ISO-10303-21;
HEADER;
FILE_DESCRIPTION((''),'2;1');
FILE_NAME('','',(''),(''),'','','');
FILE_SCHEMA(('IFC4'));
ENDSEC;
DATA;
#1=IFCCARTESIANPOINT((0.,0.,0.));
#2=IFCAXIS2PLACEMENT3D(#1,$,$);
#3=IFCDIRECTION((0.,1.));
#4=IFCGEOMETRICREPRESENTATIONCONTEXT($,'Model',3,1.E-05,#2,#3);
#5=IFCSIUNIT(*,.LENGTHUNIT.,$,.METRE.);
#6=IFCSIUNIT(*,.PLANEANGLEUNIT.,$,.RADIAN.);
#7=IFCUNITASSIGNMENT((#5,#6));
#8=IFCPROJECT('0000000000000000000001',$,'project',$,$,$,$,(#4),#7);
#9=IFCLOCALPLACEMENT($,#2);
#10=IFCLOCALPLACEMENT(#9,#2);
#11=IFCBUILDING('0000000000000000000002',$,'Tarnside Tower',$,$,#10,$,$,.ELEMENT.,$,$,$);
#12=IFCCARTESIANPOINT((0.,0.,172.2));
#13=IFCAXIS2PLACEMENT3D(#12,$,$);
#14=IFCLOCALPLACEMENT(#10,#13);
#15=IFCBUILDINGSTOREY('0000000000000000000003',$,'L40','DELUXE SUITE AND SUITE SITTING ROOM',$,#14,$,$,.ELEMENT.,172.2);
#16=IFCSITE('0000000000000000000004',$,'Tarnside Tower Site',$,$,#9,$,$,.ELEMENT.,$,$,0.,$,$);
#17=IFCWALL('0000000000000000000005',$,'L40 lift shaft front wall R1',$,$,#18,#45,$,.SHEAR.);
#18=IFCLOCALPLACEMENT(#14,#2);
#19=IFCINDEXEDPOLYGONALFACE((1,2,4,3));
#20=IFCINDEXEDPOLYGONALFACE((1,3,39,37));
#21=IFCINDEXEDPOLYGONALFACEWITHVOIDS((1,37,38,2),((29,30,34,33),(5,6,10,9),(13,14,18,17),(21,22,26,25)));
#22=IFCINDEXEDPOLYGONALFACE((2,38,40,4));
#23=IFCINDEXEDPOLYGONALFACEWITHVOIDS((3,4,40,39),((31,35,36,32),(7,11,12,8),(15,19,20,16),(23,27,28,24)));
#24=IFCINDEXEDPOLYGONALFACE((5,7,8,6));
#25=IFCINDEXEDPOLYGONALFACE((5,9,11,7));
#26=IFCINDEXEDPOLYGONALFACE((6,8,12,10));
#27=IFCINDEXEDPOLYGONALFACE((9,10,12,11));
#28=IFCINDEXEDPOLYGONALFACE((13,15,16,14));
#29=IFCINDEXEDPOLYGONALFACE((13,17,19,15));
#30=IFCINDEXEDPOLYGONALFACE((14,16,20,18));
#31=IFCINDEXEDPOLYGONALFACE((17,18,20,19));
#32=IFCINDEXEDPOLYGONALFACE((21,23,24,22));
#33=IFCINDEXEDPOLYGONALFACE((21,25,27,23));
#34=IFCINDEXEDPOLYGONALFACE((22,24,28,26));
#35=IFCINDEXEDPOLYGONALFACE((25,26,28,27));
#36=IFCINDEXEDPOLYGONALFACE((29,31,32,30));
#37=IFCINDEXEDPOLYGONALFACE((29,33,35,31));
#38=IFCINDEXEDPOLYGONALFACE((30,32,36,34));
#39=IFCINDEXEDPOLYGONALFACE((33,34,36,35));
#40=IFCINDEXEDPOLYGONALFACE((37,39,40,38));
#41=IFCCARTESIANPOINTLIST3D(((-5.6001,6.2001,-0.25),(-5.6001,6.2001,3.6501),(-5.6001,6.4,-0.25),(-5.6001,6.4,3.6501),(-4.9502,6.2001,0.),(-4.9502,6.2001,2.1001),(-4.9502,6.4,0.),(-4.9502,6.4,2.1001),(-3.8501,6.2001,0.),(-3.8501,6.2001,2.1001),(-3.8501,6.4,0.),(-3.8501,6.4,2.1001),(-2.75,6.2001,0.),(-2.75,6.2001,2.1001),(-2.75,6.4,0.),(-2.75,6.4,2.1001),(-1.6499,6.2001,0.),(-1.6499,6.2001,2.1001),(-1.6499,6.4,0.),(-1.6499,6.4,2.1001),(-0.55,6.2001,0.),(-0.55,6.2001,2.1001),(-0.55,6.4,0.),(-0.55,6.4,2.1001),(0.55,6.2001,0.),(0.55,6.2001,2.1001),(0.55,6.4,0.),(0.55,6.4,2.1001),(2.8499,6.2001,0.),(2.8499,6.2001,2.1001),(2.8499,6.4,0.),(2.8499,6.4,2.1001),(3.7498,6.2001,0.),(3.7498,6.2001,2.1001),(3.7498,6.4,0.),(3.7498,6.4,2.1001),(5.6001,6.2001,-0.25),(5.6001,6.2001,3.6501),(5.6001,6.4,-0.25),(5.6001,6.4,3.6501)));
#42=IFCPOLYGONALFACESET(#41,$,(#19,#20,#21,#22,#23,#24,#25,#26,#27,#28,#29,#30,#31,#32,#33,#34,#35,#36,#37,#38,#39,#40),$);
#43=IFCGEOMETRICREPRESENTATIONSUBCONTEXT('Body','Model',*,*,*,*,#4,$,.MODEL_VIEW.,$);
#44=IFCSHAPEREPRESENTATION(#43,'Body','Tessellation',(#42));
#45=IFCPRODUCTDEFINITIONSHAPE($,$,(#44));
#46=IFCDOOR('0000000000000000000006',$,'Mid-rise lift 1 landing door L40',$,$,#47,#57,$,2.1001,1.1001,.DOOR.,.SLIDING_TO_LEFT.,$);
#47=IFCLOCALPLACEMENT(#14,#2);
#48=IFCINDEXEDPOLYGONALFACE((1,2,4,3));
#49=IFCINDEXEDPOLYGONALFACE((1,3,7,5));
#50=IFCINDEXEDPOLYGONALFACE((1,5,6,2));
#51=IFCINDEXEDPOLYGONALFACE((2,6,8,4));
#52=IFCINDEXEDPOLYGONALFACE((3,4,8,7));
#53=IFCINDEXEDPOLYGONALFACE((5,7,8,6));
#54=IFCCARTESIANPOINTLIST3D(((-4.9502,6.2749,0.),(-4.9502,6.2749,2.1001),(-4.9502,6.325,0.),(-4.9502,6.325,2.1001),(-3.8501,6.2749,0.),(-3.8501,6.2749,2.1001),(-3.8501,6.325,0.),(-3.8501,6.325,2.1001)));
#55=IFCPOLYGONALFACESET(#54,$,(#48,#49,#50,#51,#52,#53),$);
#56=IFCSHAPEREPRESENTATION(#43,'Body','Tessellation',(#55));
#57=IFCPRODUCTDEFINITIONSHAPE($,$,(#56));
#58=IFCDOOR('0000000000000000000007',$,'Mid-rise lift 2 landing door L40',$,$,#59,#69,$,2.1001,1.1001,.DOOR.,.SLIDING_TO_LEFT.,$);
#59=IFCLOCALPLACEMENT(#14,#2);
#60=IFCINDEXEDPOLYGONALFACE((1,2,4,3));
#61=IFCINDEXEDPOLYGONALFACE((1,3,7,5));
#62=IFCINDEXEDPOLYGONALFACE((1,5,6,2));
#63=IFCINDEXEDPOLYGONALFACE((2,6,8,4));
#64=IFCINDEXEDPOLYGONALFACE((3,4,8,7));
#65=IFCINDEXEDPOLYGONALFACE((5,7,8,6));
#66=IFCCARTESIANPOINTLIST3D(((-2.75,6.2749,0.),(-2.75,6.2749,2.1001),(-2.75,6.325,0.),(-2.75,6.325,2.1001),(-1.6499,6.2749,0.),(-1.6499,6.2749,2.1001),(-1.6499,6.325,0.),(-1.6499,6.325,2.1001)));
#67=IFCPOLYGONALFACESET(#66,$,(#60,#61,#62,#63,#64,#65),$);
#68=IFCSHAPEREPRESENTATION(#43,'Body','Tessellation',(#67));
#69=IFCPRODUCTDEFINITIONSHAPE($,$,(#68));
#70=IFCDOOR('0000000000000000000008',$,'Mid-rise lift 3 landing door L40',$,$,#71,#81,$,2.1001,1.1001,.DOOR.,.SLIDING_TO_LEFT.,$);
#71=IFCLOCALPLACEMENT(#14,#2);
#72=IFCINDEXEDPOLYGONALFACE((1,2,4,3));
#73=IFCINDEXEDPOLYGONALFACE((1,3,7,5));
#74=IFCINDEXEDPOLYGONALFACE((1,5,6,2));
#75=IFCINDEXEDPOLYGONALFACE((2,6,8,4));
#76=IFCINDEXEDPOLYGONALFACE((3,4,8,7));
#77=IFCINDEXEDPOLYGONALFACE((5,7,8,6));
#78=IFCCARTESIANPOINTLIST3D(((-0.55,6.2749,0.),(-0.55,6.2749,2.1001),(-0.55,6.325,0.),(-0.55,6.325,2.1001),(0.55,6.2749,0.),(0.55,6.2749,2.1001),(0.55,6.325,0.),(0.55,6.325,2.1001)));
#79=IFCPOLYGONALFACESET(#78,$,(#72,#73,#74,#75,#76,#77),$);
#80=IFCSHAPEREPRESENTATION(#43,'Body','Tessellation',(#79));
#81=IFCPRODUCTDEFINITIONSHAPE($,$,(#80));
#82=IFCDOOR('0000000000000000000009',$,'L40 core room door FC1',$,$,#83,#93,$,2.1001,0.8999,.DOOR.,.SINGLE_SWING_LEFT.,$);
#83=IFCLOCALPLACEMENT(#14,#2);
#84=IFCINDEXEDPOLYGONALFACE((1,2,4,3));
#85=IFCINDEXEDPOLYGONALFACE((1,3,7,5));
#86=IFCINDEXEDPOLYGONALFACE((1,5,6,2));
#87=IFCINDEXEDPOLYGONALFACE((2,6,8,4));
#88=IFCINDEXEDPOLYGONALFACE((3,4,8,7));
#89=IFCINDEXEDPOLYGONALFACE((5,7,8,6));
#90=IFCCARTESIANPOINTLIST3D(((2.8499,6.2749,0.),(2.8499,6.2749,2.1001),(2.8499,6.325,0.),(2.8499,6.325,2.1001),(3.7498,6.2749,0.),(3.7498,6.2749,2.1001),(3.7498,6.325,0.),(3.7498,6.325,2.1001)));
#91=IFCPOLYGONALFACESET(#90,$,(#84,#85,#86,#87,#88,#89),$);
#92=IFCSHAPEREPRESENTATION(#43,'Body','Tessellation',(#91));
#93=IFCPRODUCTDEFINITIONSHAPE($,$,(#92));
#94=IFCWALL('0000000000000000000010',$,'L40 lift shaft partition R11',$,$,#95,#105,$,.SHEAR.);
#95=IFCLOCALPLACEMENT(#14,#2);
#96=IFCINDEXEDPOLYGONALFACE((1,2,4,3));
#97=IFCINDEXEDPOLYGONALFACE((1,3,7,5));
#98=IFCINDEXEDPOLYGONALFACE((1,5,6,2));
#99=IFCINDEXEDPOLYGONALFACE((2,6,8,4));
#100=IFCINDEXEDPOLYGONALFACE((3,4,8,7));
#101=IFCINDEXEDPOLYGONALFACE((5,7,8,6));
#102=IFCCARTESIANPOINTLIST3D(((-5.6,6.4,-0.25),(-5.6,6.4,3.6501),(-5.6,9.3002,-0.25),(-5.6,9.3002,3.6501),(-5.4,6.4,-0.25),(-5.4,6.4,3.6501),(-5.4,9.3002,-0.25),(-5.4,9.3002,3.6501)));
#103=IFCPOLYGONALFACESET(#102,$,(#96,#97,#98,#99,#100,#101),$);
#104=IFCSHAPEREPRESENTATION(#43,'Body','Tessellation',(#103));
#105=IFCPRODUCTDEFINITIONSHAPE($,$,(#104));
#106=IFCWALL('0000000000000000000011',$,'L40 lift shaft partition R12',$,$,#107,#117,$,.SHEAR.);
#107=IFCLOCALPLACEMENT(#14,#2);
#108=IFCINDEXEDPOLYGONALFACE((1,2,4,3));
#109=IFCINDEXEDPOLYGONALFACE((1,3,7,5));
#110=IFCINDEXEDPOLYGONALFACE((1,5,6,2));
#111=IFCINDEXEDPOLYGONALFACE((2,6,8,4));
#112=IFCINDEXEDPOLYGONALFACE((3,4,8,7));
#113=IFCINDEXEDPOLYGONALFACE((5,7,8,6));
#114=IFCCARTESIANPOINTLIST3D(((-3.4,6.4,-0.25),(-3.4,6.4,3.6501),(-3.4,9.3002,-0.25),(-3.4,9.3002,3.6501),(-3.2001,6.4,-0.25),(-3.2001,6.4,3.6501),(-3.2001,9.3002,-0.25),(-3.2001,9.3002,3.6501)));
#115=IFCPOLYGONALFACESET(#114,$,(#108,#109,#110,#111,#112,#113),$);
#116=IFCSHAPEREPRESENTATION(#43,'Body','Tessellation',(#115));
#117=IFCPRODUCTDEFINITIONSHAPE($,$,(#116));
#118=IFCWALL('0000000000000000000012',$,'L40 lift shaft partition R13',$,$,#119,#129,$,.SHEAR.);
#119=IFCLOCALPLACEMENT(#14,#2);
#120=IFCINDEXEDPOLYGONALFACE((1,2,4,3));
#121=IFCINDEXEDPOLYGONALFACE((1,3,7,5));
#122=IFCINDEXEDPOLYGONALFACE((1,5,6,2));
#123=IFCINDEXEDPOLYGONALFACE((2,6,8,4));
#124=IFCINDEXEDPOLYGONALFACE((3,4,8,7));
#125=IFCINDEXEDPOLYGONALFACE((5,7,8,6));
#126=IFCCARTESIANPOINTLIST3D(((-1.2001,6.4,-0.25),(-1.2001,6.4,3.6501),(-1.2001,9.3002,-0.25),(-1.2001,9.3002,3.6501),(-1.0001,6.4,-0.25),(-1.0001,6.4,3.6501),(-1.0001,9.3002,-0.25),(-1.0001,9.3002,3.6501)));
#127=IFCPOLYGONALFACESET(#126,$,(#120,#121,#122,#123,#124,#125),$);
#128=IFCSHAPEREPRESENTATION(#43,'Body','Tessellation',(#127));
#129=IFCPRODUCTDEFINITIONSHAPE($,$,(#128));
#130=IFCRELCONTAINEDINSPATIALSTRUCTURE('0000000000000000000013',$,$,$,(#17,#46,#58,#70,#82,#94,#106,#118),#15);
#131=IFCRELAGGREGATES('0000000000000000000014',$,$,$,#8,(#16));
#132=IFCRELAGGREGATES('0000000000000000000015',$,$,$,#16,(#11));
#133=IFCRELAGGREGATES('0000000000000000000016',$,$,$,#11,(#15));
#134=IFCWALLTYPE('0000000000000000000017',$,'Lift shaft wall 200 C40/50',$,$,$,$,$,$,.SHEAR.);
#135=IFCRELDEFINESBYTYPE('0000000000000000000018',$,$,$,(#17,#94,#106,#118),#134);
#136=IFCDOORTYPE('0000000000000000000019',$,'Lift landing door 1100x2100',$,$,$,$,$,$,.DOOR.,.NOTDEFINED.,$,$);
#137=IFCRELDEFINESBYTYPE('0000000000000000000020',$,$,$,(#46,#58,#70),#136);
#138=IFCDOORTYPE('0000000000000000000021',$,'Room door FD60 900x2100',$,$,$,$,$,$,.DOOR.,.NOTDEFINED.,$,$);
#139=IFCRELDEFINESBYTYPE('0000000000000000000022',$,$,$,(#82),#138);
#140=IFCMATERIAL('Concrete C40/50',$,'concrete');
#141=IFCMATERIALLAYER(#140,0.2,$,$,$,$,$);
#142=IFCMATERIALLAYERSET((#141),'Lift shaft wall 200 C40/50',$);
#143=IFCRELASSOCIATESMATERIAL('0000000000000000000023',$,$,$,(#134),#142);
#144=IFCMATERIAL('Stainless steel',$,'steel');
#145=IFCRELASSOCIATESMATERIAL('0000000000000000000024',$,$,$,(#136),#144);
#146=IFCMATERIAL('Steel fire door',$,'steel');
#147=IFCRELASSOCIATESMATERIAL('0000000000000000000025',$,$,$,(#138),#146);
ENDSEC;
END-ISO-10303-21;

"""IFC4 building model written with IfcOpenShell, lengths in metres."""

from ifc_helpers import new_model, si_unit, direction, frame, frame_2d, origin, place, context, subcontext, project, spatial, rectangle, extrude, material, layer, layer_set, type_object, element, fill, save


model = new_model("IFC4")

# Units and contexts
model_context = context("Model", 3, precision=1e-05, world=origin(), true_north=direction((0.0, 1.0)))
body_context = subcontext(model_context, "Body", "Model", "MODEL_VIEW")
ifc_project = project(units=[si_unit("LENGTHUNIT", "METRE"), si_unit("PLANEANGLEUNIT", "RADIAN")], contexts=[model_context])

# Site, building, storey
site_placement = place(None, origin())
site = spatial("IfcSite", under=ifc_project, at=site_placement, Name="Tarnside Tower Site", CompositionType="ELEMENT", RefElevation=0.0)
building_placement = place(site_placement, origin())
building = spatial("IfcBuilding", under=site, at=building_placement, Name="Tarnside Tower", CompositionType="ELEMENT")
storey_placement = place(building_placement, frame((0.0, 0.0, 172.2)))
storey = spatial("IfcBuildingStorey", under=building, at=storey_placement, Name="L40", Description="DELUXE SUITE AND SUITE SITTING ROOM", CompositionType="ELEMENT", Elevation=172.2)

# Shared definitions
ifc_material_1 = material(Name="Concrete C40/50", Category="concrete")

# Shared definitions
ifc_material_2 = material(Name="Steel fire door", Category="steel")

# Wall, openings, doors
ifc_layer_1 = layer(ifc_material_1, 0.2)
ifc_layer_set_1 = layer_set([ifc_layer_1], Name="Lift shaft wall 200 C40/50")
wall_type_1 = type_object("IfcWallType", Name="Lift shaft wall 200 C40/50", PredefinedType="SHEAR", material=ifc_layer_set_1)
wall_1_placement = place(storey_placement, frame((-5.6001, 6.3, -0.25), z_axis=(0.0, 0.0, 1.0), x_axis=(1.0, 0.0, 0.0)))
wall_1 = element("IfcWall", 1, at=wall_1_placement, inside=storey, type_object=wall_type_1, Name="L40 lift shaft front wall R1", PredefinedType="SHEAR", context=body_context, shape_type="SweptSolid", body=[
    extrude(rectangle(XDim=11.2002, YDim=0.2, at=frame_2d((5.6001, 0.0))), origin(), (0.0, 0.0, 1.0), 3.9001),
])
opening_1_placement = place(wall_1_placement, frame((8.45, 0.0, 0.25)))
opening_1 = element("IfcOpeningElement", 2, at=opening_1_placement, cuts=wall_1, PredefinedType="OPENING", context=body_context, shape_type="SweptSolid", body=[
    extrude(rectangle(XDim=0.8999, YDim=2.1001, at=frame_2d((0.45, 1.05))), frame((0.0, 0.1099, 0.0), z_axis=(0.0, -1.0, 0.0), x_axis=(1.0, 0.0, 0.0)), (0.0, 0.0, 1.0), 0.22),
])
opening_2_placement = place(wall_1_placement, frame((0.6499, 0.0, 0.25)))
opening_2 = element("IfcOpeningElement", 3, at=opening_2_placement, cuts=wall_1, PredefinedType="OPENING", context=body_context, shape_type="SweptSolid", body=[
    extrude(rectangle(XDim=1.1001, YDim=2.1001, at=frame_2d((0.55, 1.05))), frame((0.0, 0.1099, 0.0), z_axis=(0.0, -1.0, 0.0), x_axis=(1.0, 0.0, 0.0)), (0.0, 0.0, 1.0), 0.22),
])
opening_3_placement = place(wall_1_placement, frame((2.8501, 0.0, 0.25)))
opening_3 = element("IfcOpeningElement", 4, at=opening_3_placement, cuts=wall_1, PredefinedType="OPENING", context=body_context, shape_type="SweptSolid", body=[
    extrude(rectangle(XDim=1.1001, YDim=2.1001, at=frame_2d((0.55, 1.05))), frame((0.0, 0.1099, 0.0), z_axis=(0.0, -1.0, 0.0), x_axis=(1.0, 0.0, 0.0)), (0.0, 0.0, 1.0), 0.22),
])
opening_4_placement = place(wall_1_placement, frame((5.05, 0.0, 0.25)))
opening_4 = element("IfcOpeningElement", 5, at=opening_4_placement, cuts=wall_1, PredefinedType="OPENING", context=body_context, shape_type="SweptSolid", body=[
    extrude(rectangle(XDim=1.1001, YDim=2.1001, at=frame_2d((0.55, 1.05))), frame((0.0, 0.1099, 0.0), z_axis=(0.0, -1.0, 0.0), x_axis=(1.0, 0.0, 0.0)), (0.0, 0.0, 1.0), 0.22),
])
ifc_material_3 = material(Name="Stainless steel", Category="steel")
door_type_1 = type_object("IfcDoorType", Name="Lift landing door 1100x2100", OperationType="NOTDEFINED", PredefinedType="DOOR", material=ifc_material_3)
door_1_placement = place(opening_2_placement, origin())
door_1 = element("IfcDoor", 6, at=door_1_placement, inside=storey, type_object=door_type_1, Name="Mid-rise lift 1 landing door L40", OperationType="SLIDING_TO_LEFT", OverallHeight=2.1001, OverallWidth=1.1001, PredefinedType="DOOR", context=body_context, shape_type="SweptSolid", body=[
    extrude(rectangle(XDim=1.1001, YDim=2.1001, at=frame_2d((0.55, 1.05))), frame((0.0, 0.0249, 0.0), z_axis=(0.0, -1.0, 0.0), x_axis=(1.0, 0.0, 0.0)), (0.0, 0.0, 1.0), 0.05),
])
fill(opening_2, door_1)
door_2_placement = place(opening_3_placement, origin())
door_2 = element("IfcDoor", 7, at=door_2_placement, inside=storey, type_object=door_type_1, Name="Mid-rise lift 2 landing door L40", OperationType="SLIDING_TO_LEFT", OverallHeight=2.1001, OverallWidth=1.1001, PredefinedType="DOOR", context=body_context, shape_type="SweptSolid", body=[
    extrude(rectangle(XDim=1.1001, YDim=2.1001, at=frame_2d((0.55, 1.05))), frame((0.0, 0.0249, 0.0), z_axis=(0.0, -1.0, 0.0), x_axis=(1.0, 0.0, 0.0)), (0.0, 0.0, 1.0), 0.05),
])
fill(opening_3, door_2)
door_3_placement = place(opening_4_placement, origin())
door_3 = element("IfcDoor", 8, at=door_3_placement, inside=storey, type_object=door_type_1, Name="Mid-rise lift 3 landing door L40", OperationType="SLIDING_TO_LEFT", OverallHeight=2.1001, OverallWidth=1.1001, PredefinedType="DOOR", context=body_context, shape_type="SweptSolid", body=[
    extrude(rectangle(XDim=1.1001, YDim=2.1001, at=frame_2d((0.55, 1.05))), frame((0.0, 0.0249, 0.0), z_axis=(0.0, -1.0, 0.0), x_axis=(1.0, 0.0, 0.0)), (0.0, 0.0, 1.0), 0.05),
])
fill(opening_4, door_3)
door_type_2 = type_object("IfcDoorType", Name="Room door FD60 900x2100", OperationType="NOTDEFINED", PredefinedType="DOOR", material=ifc_material_2)
door_4_placement = place(opening_1_placement, origin())
door_4 = element("IfcDoor", 9, at=door_4_placement, inside=storey, type_object=door_type_2, Name="L40 core room door FC1", OperationType="SINGLE_SWING_LEFT", OverallHeight=2.1001, OverallWidth=0.8999, PredefinedType="DOOR", context=body_context, shape_type="SweptSolid", body=[
    extrude(rectangle(XDim=0.8999, YDim=2.1001, at=frame_2d((0.45, 1.05))), frame((0.0, 0.0249, 0.0), z_axis=(0.0, -1.0, 0.0), x_axis=(1.0, 0.0, 0.0)), (0.0, 0.0, 1.0), 0.05),
])
fill(opening_1, door_4)

# Walls
for number, where, z_axis, x_axis, name in (
    (10, (-5.5, 6.3999, -0.25), (0.0, 0.0, 1.0), (0.0, 1.0, 0.0), "L40 lift shaft partition R11"),
    (11, (-3.3, 6.3999, -0.25), (0.0, 0.0, 1.0), (0.0, 1.0, 0.0), "L40 lift shaft partition R12"),
    (12, (-1.1001, 6.3999, -0.25), (0.0, 0.0, 1.0), (0.0, 1.0, 0.0), "L40 lift shaft partition R13"),
):
    element("IfcWall", number, at=place(storey_placement, frame(where, z_axis=z_axis, x_axis=x_axis)), inside=storey, type_object=wall_type_1, Name=name, PredefinedType="SHEAR", context=body_context, shape_type="SweptSolid", body=[
        extrude(rectangle(XDim=2.9001, YDim=0.2, at=frame_2d((1.4502, 0.0))), origin(), (0.0, 0.0, 1.0), 3.9001),
    ])

save(model, "model.ifc")
